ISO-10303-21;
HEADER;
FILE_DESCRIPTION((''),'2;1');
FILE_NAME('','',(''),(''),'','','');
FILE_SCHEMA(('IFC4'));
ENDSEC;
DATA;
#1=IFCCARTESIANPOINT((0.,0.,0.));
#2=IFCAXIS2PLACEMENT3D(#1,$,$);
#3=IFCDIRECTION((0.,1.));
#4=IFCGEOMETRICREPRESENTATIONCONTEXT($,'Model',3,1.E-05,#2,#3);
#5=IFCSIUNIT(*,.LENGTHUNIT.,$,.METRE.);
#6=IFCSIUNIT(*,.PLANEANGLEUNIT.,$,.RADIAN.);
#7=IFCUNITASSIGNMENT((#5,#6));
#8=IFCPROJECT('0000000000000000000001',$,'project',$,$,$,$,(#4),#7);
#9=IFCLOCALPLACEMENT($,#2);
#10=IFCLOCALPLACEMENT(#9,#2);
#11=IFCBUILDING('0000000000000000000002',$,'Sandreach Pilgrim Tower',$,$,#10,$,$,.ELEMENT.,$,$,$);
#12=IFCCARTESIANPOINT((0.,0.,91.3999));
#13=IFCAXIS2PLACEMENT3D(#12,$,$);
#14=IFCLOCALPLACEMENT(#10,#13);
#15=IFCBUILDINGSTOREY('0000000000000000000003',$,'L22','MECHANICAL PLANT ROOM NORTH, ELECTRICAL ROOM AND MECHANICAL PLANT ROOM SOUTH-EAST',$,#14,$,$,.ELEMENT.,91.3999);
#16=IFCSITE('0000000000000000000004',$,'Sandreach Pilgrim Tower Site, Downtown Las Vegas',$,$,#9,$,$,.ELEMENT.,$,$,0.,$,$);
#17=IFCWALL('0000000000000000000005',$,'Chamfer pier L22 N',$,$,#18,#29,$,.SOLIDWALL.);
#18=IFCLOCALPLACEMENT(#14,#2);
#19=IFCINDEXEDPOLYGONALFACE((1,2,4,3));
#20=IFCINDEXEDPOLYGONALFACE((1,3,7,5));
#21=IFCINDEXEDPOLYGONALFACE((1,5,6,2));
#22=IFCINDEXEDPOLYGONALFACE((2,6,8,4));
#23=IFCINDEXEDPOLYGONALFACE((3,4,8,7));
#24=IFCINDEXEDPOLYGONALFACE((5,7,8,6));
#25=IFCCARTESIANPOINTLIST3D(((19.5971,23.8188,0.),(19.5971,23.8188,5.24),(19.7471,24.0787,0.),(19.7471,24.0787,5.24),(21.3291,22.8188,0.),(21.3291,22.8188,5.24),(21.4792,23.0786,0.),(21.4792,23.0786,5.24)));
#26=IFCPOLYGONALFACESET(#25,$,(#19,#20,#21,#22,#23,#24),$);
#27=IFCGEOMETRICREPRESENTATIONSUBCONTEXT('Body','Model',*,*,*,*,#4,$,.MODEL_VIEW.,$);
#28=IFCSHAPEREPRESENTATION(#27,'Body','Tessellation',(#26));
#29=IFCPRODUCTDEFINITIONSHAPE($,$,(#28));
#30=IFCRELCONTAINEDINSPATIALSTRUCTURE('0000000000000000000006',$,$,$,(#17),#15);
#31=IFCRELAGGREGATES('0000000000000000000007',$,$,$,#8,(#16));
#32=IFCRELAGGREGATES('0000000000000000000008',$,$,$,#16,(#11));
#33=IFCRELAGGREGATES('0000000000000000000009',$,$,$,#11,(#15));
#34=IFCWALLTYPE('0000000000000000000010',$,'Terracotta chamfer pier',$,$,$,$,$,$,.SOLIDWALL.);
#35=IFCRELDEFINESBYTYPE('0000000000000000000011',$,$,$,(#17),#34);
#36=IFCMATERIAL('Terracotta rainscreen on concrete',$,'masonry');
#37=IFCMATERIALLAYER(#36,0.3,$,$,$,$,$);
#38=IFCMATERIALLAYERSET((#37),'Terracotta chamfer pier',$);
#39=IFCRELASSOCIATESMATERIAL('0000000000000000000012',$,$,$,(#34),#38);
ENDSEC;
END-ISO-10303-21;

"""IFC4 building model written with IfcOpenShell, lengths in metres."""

from ifc_helpers import new_model, si_unit, direction, frame, frame_2d, origin, place, context, subcontext, project, spatial, rectangle, extrude, material, layer, layer_set, type_object, element, save


model = new_model("IFC4")

# Units and contexts
model_context = context("Model", 3, precision=1e-05, world=origin(), true_north=direction((0.0, 1.0)))
body_context = subcontext(model_context, "Body", "Model", "MODEL_VIEW")
ifc_project = project(units=[si_unit("LENGTHUNIT", "METRE"), si_unit("PLANEANGLEUNIT", "RADIAN")], contexts=[model_context])

# Site, building, storey
site_placement = place(None, origin())
site = spatial("IfcSite", under=ifc_project, at=site_placement, Name="Sandreach Pilgrim Tower Site, Downtown Las Vegas", CompositionType="ELEMENT", RefElevation=0.0)
building_placement = place(site_placement, origin())
building = spatial("IfcBuilding", under=site, at=building_placement, Name="Sandreach Pilgrim Tower", CompositionType="ELEMENT")
storey_placement = place(building_placement, frame((0.0, 0.0, 91.3999)))
storey = spatial("IfcBuildingStorey", under=building, at=storey_placement, Name="L22", Description="MECHANICAL PLANT ROOM NORTH, ELECTRICAL ROOM AND MECHANICAL PLANT ROOM SOUTH-EAST", CompositionType="ELEMENT", Elevation=91.3999)

# Wall
ifc_material_1 = material(Name="Terracotta rainscreen on concrete", Category="masonry")
ifc_layer_1 = layer(ifc_material_1, 0.3)
ifc_layer_set_1 = layer_set([ifc_layer_1], Name="Terracotta chamfer pier")
wall_type_1 = type_object("IfcWallType", Name="Terracotta chamfer pier", PredefinedType="SOLIDWALL", material=ifc_layer_set_1)
wall_1_placement = place(storey_placement, frame((19.6721, 23.9487, 0.0), z_axis=(0.0, 0.0, 1.0), x_axis=(0.866011, -0.500025, 0.0)))
element("IfcWall", 1, at=wall_1_placement, inside=storey, type_object=wall_type_1, Name="Chamfer pier L22 N", PredefinedType="SOLIDWALL", context=body_context, shape_type="SweptSolid", body=[
    extrude(rectangle(XDim=2.0, YDim=0.3, at=frame_2d((1.0, 0.0))), origin(), (0.0, 0.0, 1.0), 5.24),
])

save(model, "model.ifc")
